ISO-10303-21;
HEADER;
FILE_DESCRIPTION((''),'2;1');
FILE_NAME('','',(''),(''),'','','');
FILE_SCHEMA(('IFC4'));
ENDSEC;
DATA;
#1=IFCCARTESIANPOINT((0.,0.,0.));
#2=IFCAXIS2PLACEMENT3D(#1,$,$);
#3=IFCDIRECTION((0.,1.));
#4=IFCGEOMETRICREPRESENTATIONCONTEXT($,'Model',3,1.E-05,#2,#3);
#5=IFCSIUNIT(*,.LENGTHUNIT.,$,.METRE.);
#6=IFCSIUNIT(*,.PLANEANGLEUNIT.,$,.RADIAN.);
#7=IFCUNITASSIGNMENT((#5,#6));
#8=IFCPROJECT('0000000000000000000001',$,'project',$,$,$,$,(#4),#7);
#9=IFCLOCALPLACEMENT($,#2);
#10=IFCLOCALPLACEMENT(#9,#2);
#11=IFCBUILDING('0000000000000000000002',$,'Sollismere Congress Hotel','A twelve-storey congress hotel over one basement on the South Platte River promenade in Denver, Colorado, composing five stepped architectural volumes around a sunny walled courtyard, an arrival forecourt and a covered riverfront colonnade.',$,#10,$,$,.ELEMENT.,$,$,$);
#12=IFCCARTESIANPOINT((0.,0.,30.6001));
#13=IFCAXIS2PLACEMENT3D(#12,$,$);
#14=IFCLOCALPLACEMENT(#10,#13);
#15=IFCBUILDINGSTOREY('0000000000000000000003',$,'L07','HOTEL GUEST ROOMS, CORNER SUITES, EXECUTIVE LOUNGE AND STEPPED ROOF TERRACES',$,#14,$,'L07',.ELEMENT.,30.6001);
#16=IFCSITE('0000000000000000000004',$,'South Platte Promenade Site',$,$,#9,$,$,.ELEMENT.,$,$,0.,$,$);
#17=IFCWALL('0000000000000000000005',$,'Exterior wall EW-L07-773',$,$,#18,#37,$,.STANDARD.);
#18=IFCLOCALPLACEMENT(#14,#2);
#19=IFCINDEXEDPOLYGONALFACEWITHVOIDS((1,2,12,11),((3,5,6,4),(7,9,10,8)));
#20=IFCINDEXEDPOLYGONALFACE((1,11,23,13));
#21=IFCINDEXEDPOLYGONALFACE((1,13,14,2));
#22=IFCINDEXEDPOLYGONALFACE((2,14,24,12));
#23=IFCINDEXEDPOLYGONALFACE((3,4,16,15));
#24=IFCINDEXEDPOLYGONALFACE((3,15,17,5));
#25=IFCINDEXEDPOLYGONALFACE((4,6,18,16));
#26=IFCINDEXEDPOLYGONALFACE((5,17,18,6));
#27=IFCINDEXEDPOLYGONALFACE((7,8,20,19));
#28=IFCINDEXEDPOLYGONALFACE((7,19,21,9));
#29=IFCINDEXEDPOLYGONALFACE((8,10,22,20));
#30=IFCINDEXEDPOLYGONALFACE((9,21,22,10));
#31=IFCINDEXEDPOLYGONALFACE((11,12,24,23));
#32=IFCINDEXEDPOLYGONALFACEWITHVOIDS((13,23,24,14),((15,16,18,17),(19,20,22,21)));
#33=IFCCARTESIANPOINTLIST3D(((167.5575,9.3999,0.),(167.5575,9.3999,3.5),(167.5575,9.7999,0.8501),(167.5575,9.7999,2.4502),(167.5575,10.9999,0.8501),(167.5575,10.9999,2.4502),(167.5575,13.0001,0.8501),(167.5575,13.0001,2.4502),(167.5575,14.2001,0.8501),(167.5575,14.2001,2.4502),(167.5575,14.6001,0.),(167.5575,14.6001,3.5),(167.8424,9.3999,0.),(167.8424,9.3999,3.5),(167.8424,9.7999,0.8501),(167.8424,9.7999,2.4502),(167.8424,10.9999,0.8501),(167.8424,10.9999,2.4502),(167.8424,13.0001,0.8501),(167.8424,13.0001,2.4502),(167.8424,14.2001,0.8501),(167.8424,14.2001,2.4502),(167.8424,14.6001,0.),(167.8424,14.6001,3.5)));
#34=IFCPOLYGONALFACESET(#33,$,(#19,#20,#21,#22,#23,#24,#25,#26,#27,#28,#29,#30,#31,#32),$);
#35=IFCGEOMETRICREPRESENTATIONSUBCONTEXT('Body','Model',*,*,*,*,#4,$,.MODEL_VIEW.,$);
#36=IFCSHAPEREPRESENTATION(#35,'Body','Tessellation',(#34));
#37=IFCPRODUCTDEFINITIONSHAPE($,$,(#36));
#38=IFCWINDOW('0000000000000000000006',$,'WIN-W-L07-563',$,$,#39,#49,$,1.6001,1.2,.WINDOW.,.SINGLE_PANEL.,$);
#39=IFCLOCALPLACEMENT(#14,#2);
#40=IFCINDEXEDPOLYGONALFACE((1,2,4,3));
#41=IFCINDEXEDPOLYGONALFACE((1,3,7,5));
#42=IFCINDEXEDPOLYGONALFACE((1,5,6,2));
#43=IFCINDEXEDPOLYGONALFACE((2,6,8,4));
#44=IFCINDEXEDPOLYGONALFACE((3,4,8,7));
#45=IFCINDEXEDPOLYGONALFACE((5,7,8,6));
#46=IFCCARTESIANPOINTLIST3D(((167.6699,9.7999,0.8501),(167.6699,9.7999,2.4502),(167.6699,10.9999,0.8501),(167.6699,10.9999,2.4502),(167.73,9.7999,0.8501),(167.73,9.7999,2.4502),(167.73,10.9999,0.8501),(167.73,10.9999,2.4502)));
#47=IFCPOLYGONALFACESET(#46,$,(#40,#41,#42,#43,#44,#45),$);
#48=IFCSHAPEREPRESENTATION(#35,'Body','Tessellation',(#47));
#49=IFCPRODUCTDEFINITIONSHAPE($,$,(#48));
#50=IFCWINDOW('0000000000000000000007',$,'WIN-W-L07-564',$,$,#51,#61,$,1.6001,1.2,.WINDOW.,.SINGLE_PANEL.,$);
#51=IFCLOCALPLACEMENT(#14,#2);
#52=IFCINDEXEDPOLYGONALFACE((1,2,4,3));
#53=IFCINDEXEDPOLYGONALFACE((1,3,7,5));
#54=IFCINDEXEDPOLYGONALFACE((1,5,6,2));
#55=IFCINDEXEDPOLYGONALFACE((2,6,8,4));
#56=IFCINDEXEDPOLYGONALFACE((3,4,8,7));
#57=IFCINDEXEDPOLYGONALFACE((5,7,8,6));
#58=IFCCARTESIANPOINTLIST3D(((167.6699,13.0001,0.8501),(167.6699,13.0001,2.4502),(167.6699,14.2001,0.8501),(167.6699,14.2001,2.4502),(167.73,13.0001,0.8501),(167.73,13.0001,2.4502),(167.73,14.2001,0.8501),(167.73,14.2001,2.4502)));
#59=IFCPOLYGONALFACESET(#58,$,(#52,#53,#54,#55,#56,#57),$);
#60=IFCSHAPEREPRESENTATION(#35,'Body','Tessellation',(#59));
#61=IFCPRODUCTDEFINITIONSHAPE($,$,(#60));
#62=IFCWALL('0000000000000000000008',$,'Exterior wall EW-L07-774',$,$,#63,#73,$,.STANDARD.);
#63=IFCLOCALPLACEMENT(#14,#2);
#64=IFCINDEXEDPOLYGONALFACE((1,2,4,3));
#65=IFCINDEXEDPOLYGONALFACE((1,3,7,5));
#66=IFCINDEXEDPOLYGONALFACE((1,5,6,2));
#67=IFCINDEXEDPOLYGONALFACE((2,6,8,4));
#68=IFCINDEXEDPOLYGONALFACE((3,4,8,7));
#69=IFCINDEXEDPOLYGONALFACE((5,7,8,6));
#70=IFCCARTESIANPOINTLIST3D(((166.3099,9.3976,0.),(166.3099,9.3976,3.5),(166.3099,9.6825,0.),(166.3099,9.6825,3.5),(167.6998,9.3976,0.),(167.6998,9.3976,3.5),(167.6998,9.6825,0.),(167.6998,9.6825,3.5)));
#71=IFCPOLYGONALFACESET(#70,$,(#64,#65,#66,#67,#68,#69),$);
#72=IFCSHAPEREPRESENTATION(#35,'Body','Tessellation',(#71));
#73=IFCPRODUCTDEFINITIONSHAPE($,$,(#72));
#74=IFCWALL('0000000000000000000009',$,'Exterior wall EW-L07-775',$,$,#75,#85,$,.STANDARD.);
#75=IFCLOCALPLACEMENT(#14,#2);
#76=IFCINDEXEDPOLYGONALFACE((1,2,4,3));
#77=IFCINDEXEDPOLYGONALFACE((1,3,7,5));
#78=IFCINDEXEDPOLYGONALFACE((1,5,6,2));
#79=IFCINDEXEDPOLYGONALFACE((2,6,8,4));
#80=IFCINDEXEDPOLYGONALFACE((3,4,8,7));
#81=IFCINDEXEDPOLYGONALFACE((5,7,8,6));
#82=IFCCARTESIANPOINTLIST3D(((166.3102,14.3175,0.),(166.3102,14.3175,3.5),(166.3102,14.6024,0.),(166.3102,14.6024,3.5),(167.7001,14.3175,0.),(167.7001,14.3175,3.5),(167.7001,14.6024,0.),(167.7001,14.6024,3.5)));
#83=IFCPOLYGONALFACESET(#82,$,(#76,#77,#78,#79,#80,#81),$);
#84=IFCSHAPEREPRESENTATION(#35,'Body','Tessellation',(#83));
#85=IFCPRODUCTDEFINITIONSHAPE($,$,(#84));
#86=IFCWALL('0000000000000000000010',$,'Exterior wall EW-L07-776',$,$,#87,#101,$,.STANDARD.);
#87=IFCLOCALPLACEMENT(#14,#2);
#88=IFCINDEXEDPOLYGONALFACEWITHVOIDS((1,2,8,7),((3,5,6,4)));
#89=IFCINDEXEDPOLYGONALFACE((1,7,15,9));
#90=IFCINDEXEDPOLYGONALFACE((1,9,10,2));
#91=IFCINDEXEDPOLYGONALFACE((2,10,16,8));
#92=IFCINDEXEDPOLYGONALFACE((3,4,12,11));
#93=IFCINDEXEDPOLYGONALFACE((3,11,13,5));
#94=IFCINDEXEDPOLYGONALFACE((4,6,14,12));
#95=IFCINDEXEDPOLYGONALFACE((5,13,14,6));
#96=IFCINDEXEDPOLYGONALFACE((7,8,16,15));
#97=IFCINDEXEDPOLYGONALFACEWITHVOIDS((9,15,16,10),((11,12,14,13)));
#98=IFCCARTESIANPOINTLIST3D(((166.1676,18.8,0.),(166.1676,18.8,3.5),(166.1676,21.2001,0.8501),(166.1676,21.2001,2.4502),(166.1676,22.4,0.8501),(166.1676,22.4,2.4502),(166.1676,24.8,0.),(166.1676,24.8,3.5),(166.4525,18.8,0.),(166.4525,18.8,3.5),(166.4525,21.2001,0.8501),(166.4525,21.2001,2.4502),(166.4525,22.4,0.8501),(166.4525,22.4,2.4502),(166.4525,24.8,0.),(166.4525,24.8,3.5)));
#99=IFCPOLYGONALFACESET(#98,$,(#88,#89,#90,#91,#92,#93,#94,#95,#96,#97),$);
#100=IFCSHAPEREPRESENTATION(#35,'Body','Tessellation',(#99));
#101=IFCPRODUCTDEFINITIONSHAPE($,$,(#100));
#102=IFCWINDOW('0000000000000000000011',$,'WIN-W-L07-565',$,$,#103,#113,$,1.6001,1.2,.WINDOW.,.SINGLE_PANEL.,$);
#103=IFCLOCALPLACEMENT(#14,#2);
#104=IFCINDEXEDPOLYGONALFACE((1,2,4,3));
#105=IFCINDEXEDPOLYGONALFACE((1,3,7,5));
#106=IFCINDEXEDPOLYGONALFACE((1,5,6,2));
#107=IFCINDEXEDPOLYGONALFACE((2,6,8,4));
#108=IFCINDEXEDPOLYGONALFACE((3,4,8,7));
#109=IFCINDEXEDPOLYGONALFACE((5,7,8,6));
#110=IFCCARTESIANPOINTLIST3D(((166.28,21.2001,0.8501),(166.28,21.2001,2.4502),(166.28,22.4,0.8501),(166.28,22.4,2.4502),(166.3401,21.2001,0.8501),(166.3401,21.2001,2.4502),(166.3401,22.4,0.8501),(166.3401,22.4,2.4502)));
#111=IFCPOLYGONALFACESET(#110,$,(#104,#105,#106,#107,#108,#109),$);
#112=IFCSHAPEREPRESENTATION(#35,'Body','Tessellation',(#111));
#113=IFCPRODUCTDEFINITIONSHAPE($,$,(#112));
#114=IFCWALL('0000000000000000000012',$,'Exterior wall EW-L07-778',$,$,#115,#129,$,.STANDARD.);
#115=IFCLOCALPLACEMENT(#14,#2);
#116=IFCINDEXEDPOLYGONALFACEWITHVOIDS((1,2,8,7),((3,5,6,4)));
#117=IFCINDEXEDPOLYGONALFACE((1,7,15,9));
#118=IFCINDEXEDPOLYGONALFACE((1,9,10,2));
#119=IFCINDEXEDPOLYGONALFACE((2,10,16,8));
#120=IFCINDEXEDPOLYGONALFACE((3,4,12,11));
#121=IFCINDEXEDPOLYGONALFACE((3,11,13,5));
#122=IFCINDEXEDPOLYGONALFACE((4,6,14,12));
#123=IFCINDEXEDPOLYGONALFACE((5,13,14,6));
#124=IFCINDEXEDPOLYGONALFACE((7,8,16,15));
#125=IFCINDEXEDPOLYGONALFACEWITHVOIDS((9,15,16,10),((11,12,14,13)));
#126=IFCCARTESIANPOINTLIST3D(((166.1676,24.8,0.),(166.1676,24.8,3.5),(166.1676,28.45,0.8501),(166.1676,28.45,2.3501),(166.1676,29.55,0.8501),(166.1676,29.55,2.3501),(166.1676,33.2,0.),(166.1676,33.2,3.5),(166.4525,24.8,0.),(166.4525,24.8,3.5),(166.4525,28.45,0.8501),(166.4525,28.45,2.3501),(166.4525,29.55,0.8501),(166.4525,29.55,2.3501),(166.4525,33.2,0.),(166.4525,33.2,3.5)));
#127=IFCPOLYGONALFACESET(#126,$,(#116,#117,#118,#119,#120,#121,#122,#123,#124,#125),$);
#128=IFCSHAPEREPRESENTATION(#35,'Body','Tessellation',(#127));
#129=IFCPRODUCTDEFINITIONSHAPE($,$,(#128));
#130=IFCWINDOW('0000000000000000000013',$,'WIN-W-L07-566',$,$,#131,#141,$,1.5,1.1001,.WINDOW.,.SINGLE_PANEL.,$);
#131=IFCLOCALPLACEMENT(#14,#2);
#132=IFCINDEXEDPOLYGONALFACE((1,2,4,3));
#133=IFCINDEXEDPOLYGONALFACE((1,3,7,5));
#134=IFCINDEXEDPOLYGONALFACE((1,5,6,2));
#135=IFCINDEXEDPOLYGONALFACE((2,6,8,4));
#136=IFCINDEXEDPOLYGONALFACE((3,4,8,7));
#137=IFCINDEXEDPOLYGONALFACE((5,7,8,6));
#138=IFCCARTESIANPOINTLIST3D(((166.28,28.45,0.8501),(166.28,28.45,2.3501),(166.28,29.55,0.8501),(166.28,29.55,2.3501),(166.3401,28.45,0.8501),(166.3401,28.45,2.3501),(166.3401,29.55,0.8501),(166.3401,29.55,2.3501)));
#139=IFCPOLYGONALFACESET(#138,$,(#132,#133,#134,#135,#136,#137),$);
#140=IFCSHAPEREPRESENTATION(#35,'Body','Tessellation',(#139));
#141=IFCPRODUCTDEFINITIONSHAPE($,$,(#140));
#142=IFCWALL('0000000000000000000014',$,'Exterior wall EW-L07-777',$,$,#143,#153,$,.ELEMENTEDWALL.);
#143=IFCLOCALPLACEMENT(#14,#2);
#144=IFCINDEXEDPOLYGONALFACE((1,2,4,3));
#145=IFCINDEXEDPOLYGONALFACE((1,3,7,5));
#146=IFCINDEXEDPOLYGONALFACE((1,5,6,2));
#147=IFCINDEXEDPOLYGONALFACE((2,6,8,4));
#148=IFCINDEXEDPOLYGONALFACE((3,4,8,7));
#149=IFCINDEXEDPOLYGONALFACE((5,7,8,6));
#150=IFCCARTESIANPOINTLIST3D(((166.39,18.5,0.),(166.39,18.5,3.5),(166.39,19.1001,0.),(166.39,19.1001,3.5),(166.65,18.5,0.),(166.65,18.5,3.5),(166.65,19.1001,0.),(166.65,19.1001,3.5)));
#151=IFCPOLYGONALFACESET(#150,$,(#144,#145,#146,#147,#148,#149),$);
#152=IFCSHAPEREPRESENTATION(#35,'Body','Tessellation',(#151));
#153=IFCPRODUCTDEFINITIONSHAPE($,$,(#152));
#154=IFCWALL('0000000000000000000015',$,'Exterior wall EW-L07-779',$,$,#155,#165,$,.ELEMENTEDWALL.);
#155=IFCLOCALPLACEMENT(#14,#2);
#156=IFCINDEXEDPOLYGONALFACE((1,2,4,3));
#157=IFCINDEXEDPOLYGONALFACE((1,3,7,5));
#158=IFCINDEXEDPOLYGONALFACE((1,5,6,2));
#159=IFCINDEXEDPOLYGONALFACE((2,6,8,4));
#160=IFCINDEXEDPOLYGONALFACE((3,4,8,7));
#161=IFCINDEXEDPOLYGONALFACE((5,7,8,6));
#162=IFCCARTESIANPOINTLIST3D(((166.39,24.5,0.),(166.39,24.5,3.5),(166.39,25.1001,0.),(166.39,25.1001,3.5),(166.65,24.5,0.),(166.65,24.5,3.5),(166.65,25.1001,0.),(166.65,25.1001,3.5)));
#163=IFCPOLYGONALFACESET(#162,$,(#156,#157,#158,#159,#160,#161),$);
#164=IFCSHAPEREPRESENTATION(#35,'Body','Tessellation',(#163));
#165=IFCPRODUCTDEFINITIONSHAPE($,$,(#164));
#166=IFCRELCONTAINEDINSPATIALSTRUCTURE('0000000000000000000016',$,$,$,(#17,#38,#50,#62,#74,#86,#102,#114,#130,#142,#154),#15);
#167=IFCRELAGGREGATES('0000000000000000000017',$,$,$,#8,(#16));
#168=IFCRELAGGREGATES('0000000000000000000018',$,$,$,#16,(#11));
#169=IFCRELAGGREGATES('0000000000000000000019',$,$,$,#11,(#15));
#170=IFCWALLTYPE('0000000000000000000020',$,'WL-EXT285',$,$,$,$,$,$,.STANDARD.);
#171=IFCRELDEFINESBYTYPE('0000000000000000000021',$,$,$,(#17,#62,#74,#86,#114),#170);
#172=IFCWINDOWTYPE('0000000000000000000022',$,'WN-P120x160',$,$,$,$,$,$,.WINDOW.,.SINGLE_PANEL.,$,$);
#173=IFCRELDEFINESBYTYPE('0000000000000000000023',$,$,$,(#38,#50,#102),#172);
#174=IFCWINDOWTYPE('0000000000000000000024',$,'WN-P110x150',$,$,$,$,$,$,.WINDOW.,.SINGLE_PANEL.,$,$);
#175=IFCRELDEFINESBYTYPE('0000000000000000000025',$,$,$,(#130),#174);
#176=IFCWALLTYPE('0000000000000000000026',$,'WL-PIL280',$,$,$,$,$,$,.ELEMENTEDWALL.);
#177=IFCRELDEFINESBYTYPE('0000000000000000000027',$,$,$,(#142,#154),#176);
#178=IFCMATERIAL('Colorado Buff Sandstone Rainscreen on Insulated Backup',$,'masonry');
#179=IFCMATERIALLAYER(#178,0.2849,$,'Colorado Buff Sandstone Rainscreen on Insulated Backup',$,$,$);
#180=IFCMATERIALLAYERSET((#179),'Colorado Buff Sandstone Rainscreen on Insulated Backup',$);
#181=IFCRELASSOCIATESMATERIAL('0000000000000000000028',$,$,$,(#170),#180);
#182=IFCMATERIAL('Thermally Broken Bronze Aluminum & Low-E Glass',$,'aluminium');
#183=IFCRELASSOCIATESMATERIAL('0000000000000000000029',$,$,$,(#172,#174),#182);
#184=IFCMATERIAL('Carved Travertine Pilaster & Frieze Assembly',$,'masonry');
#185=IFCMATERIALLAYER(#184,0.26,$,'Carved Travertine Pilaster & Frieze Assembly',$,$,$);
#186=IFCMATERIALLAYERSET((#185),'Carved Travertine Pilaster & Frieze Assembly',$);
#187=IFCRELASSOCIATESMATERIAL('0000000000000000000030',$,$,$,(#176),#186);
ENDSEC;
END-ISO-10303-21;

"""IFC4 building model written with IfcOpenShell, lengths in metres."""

from ifc_helpers import new_model, si_unit, direction, frame, frame_2d, origin, place, context, subcontext, project, spatial, rectangle, extrude, material, layer, layer_set, type_object, element, fill, save


model = new_model("IFC4")

# Units and contexts
model_context = context("Model", 3, precision=1e-05, world=origin(), true_north=direction((0.0, 1.0)))
body_context = subcontext(model_context, "Body", "Model", "MODEL_VIEW")
ifc_project = project(units=[si_unit("LENGTHUNIT", "METRE"), si_unit("PLANEANGLEUNIT", "RADIAN")], contexts=[model_context])

# Site, building, storey
site_placement = place(None, origin())
site = spatial("IfcSite", under=ifc_project, at=site_placement, Name="South Platte Promenade Site", CompositionType="ELEMENT", RefElevation=0.0)
building_placement = place(site_placement, origin())
building = spatial("IfcBuilding", under=site, at=building_placement, Name="Sollismere Congress Hotel", Description="A twelve-storey congress hotel over one basement on the South Platte River promenade in Denver, Colorado, composing five stepped architectural volumes around a sunny walled courtyard, an arrival forecourt and a covered riverfront colonnade.", CompositionType="ELEMENT")
storey_placement = place(building_placement, frame((0.0, 0.0, 30.6001)))
storey = spatial("IfcBuildingStorey", under=building, at=storey_placement, Name="L07", Description="HOTEL GUEST ROOMS, CORNER SUITES, EXECUTIVE LOUNGE AND STEPPED ROOF TERRACES", LongName="L07", CompositionType="ELEMENT", Elevation=30.6001)

# Shared definitions
ifc_material_1 = material(Name="Colorado Buff Sandstone Rainscreen on Insulated Backup", Category="masonry")
ifc_layer_1 = layer(ifc_material_1, 0.2849, Name="Colorado Buff Sandstone Rainscreen on Insulated Backup")
ifc_layer_set_1 = layer_set([ifc_layer_1], Name="Colorado Buff Sandstone Rainscreen on Insulated Backup")
wall_type_1 = type_object("IfcWallType", Name="WL-EXT285", PredefinedType="STANDARD", material=ifc_layer_set_1)

# Shared definitions
ifc_material_2 = material(Name="Thermally Broken Bronze Aluminum & Low-E Glass", Category="aluminium")

# Wall, openings, windows
wall_1_placement = place(storey_placement, frame((167.7, 9.3999, 0.0), z_axis=(0.0, 0.0, 1.0), x_axis=(0.0, 1.0, 0.0)))
wall_1 = element("IfcWall", 1, at=wall_1_placement, inside=storey, type_object=wall_type_1, Name="Exterior wall EW-L07-773", PredefinedType="STANDARD", context=body_context, shape_type="SweptSolid", body=[
    extrude(rectangle(XDim=5.2002, YDim=0.2849, at=frame_2d((2.6001, 0.0))), origin(), (0.0, 0.0, 1.0), 3.5),
])
opening_1_placement = place(wall_1_placement, frame((0.3999, 0.0, 0.8501)))
opening_1 = element("IfcOpeningElement", 2, at=opening_1_placement, cuts=wall_1, PredefinedType="OPENING", context=body_context, shape_type="SweptSolid", body=[
    extrude(rectangle(XDim=1.2, YDim=1.6001, at=frame_2d((0.6001, 0.8))), frame((0.0, 0.1523, 0.0), z_axis=(0.0, -1.0, 0.0), x_axis=(1.0, 0.0, 0.0)), (0.0, 0.0, 1.0), 0.3049),
])
opening_2_placement = place(wall_1_placement, frame((3.6001, 0.0, 0.8501)))
opening_2 = element("IfcOpeningElement", 3, at=opening_2_placement, cuts=wall_1, PredefinedType="OPENING", context=body_context, shape_type="SweptSolid", body=[
    extrude(rectangle(XDim=1.2, YDim=1.6001, at=frame_2d((0.6001, 0.8))), frame((0.0, 0.1523, 0.0), z_axis=(0.0, -1.0, 0.0), x_axis=(1.0, 0.0, 0.0)), (0.0, 0.0, 1.0), 0.3049),
])
window_type_1 = type_object("IfcWindowType", Name="WN-P120x160", PartitioningType="SINGLE_PANEL", PredefinedType="WINDOW", material=ifc_material_2)
window_1_placement = place(opening_1_placement, origin())
window_1 = element("IfcWindow", 4, at=window_1_placement, inside=storey, type_object=window_type_1, Name="WIN-W-L07-563", OverallHeight=1.6001, OverallWidth=1.2, PartitioningType="SINGLE_PANEL", PredefinedType="WINDOW", context=body_context, shape_type="SweptSolid", body=[
    extrude(rectangle(XDim=1.2, YDim=1.6001, at=frame_2d((0.6001, 0.8))), frame((0.0, 0.03, 0.0), z_axis=(0.0, -1.0, 0.0), x_axis=(1.0, 0.0, 0.0)), (0.0, 0.0, 1.0), 0.0601),
])
fill(opening_1, window_1)
window_2_placement = place(opening_2_placement, origin())
window_2 = element("IfcWindow", 5, at=window_2_placement, inside=storey, type_object=window_type_1, Name="WIN-W-L07-564", OverallHeight=1.6001, OverallWidth=1.2, PartitioningType="SINGLE_PANEL", PredefinedType="WINDOW", context=body_context, shape_type="SweptSolid", body=[
    extrude(rectangle(XDim=1.2, YDim=1.6001, at=frame_2d((0.6001, 0.8))), frame((0.0, 0.03, 0.0), z_axis=(0.0, -1.0, 0.0), x_axis=(1.0, 0.0, 0.0)), (0.0, 0.0, 1.0), 0.0601),
])
fill(opening_2, window_2)

# Walls
for number, where, z_axis, x_axis, name in (
    (6, (166.3101, 9.54, 0.0), (0.0, 0.0, 1.0), (1.0, 0.0, 0.0), "Exterior wall EW-L07-774"),
    (7, (167.7, 14.46, 0.0), (0.0, 0.0, 1.0), (-1.0, 0.0, 0.0), "Exterior wall EW-L07-775"),
):
    element("IfcWall", number, at=place(storey_placement, frame(where, z_axis=z_axis, x_axis=x_axis)), inside=storey, type_object=wall_type_1, Name=name, PredefinedType="STANDARD", context=body_context, shape_type="SweptSolid", body=[
        extrude(rectangle(XDim=1.3899, YDim=0.2849, at=frame_2d((0.6948, 0.0))), origin(), (0.0, 0.0, 1.0), 3.5),
    ])

# Walls, openings, windows
wall_2_placement = place(storey_placement, frame((166.3101, 18.8, 0.0), z_axis=(0.0, 0.0, 1.0), x_axis=(0.0, 1.0, 0.0)))
wall_2 = element("IfcWall", 8, at=wall_2_placement, inside=storey, type_object=wall_type_1, Name="Exterior wall EW-L07-776", PredefinedType="STANDARD", context=body_context, shape_type="SweptSolid", body=[
    extrude(rectangle(XDim=6.0, YDim=0.2849, at=frame_2d((3.0, 0.0))), origin(), (0.0, 0.0, 1.0), 3.5),
])
opening_3_placement = place(wall_2_placement, frame((2.3999, 0.0, 0.8501)))
opening_3 = element("IfcOpeningElement", 9, at=opening_3_placement, cuts=wall_2, PredefinedType="OPENING", context=body_context, shape_type="SweptSolid", body=[
    extrude(rectangle(XDim=1.2, YDim=1.6001, at=frame_2d((0.6001, 0.8))), frame((0.0, 0.1523, 0.0), z_axis=(0.0, -1.0, 0.0), x_axis=(1.0, 0.0, 0.0)), (0.0, 0.0, 1.0), 0.3049),
])
window_3_placement = place(opening_3_placement, origin())
window_3 = element("IfcWindow", 10, at=window_3_placement, inside=storey, type_object=window_type_1, Name="WIN-W-L07-565", OverallHeight=1.6001, OverallWidth=1.2, PartitioningType="SINGLE_PANEL", PredefinedType="WINDOW", context=body_context, shape_type="SweptSolid", body=[
    extrude(rectangle(XDim=1.2, YDim=1.6001, at=frame_2d((0.6001, 0.8))), frame((0.0, 0.03, 0.0), z_axis=(0.0, -1.0, 0.0), x_axis=(1.0, 0.0, 0.0)), (0.0, 0.0, 1.0), 0.0601),
])
fill(opening_3, window_3)
wall_3_placement = place(storey_placement, frame((166.3101, 24.8, 0.0), z_axis=(0.0, 0.0, 1.0), x_axis=(0.0, 1.0, 0.0)))
wall_3 = element("IfcWall", 11, at=wall_3_placement, inside=storey, type_object=wall_type_1, Name="Exterior wall EW-L07-778", PredefinedType="STANDARD", context=body_context, shape_type="SweptSolid", body=[
    extrude(rectangle(XDim=8.3999, YDim=0.2849, at=frame_2d((4.2, 0.0))), origin(), (0.0, 0.0, 1.0), 3.5),
])
opening_4_placement = place(wall_3_placement, frame((3.6499, 0.0, 0.8501)))
opening_4 = element("IfcOpeningElement", 12, at=opening_4_placement, cuts=wall_3, PredefinedType="OPENING", context=body_context, shape_type="SweptSolid", body=[
    extrude(rectangle(XDim=1.1001, YDim=1.5, at=frame_2d((0.55, 0.75))), frame((0.0, 0.1523, 0.0), z_axis=(0.0, -1.0, 0.0), x_axis=(1.0, 0.0, 0.0)), (0.0, 0.0, 1.0), 0.3049),
])
window_type_2 = type_object("IfcWindowType", Name="WN-P110x150", PartitioningType="SINGLE_PANEL", PredefinedType="WINDOW", material=ifc_material_2)
window_4_placement = place(opening_4_placement, origin())
window_4 = element("IfcWindow", 13, at=window_4_placement, inside=storey, type_object=window_type_2, Name="WIN-W-L07-566", OverallHeight=1.5, OverallWidth=1.1001, PartitioningType="SINGLE_PANEL", PredefinedType="WINDOW", context=body_context, shape_type="SweptSolid", body=[
    extrude(rectangle(XDim=1.1001, YDim=1.5, at=frame_2d((0.55, 0.75))), frame((0.0, 0.03, 0.0), z_axis=(0.0, -1.0, 0.0), x_axis=(1.0, 0.0, 0.0)), (0.0, 0.0, 1.0), 0.0601),
])
fill(opening_4, window_4)

# Walls
ifc_material_3 = material(Name="Carved Travertine Pilaster & Frieze Assembly", Category="masonry")
ifc_layer_2 = layer(ifc_material_3, 0.26, Name="Carved Travertine Pilaster & Frieze Assembly")
ifc_layer_set_2 = layer_set([ifc_layer_2], Name="Carved Travertine Pilaster & Frieze Assembly")
wall_type_2 = type_object("IfcWallType", Name="WL-PIL280", PredefinedType="ELEMENTEDWALL", material=ifc_layer_set_2)
for number, where, z_axis, x_axis, name in (
    (14, (166.52, 18.5, 0.0), (0.0, 0.0, 1.0), (0.0, 1.0, 0.0), "Exterior wall EW-L07-777"),
    (15, (166.52, 24.5, 0.0), (0.0, 0.0, 1.0), (0.0, 1.0, 0.0), "Exterior wall EW-L07-779"),
):
    element("IfcWall", number, at=place(storey_placement, frame(where, z_axis=z_axis, x_axis=x_axis)), inside=storey, type_object=wall_type_2, Name=name, PredefinedType="ELEMENTEDWALL", context=body_context, shape_type="SweptSolid", body=[
        extrude(rectangle(XDim=0.6001, YDim=0.26, at=frame_2d((0.3, 0.0))), origin(), (0.0, 0.0, 1.0), 3.5),
    ])

save(model, "model.ifc")
